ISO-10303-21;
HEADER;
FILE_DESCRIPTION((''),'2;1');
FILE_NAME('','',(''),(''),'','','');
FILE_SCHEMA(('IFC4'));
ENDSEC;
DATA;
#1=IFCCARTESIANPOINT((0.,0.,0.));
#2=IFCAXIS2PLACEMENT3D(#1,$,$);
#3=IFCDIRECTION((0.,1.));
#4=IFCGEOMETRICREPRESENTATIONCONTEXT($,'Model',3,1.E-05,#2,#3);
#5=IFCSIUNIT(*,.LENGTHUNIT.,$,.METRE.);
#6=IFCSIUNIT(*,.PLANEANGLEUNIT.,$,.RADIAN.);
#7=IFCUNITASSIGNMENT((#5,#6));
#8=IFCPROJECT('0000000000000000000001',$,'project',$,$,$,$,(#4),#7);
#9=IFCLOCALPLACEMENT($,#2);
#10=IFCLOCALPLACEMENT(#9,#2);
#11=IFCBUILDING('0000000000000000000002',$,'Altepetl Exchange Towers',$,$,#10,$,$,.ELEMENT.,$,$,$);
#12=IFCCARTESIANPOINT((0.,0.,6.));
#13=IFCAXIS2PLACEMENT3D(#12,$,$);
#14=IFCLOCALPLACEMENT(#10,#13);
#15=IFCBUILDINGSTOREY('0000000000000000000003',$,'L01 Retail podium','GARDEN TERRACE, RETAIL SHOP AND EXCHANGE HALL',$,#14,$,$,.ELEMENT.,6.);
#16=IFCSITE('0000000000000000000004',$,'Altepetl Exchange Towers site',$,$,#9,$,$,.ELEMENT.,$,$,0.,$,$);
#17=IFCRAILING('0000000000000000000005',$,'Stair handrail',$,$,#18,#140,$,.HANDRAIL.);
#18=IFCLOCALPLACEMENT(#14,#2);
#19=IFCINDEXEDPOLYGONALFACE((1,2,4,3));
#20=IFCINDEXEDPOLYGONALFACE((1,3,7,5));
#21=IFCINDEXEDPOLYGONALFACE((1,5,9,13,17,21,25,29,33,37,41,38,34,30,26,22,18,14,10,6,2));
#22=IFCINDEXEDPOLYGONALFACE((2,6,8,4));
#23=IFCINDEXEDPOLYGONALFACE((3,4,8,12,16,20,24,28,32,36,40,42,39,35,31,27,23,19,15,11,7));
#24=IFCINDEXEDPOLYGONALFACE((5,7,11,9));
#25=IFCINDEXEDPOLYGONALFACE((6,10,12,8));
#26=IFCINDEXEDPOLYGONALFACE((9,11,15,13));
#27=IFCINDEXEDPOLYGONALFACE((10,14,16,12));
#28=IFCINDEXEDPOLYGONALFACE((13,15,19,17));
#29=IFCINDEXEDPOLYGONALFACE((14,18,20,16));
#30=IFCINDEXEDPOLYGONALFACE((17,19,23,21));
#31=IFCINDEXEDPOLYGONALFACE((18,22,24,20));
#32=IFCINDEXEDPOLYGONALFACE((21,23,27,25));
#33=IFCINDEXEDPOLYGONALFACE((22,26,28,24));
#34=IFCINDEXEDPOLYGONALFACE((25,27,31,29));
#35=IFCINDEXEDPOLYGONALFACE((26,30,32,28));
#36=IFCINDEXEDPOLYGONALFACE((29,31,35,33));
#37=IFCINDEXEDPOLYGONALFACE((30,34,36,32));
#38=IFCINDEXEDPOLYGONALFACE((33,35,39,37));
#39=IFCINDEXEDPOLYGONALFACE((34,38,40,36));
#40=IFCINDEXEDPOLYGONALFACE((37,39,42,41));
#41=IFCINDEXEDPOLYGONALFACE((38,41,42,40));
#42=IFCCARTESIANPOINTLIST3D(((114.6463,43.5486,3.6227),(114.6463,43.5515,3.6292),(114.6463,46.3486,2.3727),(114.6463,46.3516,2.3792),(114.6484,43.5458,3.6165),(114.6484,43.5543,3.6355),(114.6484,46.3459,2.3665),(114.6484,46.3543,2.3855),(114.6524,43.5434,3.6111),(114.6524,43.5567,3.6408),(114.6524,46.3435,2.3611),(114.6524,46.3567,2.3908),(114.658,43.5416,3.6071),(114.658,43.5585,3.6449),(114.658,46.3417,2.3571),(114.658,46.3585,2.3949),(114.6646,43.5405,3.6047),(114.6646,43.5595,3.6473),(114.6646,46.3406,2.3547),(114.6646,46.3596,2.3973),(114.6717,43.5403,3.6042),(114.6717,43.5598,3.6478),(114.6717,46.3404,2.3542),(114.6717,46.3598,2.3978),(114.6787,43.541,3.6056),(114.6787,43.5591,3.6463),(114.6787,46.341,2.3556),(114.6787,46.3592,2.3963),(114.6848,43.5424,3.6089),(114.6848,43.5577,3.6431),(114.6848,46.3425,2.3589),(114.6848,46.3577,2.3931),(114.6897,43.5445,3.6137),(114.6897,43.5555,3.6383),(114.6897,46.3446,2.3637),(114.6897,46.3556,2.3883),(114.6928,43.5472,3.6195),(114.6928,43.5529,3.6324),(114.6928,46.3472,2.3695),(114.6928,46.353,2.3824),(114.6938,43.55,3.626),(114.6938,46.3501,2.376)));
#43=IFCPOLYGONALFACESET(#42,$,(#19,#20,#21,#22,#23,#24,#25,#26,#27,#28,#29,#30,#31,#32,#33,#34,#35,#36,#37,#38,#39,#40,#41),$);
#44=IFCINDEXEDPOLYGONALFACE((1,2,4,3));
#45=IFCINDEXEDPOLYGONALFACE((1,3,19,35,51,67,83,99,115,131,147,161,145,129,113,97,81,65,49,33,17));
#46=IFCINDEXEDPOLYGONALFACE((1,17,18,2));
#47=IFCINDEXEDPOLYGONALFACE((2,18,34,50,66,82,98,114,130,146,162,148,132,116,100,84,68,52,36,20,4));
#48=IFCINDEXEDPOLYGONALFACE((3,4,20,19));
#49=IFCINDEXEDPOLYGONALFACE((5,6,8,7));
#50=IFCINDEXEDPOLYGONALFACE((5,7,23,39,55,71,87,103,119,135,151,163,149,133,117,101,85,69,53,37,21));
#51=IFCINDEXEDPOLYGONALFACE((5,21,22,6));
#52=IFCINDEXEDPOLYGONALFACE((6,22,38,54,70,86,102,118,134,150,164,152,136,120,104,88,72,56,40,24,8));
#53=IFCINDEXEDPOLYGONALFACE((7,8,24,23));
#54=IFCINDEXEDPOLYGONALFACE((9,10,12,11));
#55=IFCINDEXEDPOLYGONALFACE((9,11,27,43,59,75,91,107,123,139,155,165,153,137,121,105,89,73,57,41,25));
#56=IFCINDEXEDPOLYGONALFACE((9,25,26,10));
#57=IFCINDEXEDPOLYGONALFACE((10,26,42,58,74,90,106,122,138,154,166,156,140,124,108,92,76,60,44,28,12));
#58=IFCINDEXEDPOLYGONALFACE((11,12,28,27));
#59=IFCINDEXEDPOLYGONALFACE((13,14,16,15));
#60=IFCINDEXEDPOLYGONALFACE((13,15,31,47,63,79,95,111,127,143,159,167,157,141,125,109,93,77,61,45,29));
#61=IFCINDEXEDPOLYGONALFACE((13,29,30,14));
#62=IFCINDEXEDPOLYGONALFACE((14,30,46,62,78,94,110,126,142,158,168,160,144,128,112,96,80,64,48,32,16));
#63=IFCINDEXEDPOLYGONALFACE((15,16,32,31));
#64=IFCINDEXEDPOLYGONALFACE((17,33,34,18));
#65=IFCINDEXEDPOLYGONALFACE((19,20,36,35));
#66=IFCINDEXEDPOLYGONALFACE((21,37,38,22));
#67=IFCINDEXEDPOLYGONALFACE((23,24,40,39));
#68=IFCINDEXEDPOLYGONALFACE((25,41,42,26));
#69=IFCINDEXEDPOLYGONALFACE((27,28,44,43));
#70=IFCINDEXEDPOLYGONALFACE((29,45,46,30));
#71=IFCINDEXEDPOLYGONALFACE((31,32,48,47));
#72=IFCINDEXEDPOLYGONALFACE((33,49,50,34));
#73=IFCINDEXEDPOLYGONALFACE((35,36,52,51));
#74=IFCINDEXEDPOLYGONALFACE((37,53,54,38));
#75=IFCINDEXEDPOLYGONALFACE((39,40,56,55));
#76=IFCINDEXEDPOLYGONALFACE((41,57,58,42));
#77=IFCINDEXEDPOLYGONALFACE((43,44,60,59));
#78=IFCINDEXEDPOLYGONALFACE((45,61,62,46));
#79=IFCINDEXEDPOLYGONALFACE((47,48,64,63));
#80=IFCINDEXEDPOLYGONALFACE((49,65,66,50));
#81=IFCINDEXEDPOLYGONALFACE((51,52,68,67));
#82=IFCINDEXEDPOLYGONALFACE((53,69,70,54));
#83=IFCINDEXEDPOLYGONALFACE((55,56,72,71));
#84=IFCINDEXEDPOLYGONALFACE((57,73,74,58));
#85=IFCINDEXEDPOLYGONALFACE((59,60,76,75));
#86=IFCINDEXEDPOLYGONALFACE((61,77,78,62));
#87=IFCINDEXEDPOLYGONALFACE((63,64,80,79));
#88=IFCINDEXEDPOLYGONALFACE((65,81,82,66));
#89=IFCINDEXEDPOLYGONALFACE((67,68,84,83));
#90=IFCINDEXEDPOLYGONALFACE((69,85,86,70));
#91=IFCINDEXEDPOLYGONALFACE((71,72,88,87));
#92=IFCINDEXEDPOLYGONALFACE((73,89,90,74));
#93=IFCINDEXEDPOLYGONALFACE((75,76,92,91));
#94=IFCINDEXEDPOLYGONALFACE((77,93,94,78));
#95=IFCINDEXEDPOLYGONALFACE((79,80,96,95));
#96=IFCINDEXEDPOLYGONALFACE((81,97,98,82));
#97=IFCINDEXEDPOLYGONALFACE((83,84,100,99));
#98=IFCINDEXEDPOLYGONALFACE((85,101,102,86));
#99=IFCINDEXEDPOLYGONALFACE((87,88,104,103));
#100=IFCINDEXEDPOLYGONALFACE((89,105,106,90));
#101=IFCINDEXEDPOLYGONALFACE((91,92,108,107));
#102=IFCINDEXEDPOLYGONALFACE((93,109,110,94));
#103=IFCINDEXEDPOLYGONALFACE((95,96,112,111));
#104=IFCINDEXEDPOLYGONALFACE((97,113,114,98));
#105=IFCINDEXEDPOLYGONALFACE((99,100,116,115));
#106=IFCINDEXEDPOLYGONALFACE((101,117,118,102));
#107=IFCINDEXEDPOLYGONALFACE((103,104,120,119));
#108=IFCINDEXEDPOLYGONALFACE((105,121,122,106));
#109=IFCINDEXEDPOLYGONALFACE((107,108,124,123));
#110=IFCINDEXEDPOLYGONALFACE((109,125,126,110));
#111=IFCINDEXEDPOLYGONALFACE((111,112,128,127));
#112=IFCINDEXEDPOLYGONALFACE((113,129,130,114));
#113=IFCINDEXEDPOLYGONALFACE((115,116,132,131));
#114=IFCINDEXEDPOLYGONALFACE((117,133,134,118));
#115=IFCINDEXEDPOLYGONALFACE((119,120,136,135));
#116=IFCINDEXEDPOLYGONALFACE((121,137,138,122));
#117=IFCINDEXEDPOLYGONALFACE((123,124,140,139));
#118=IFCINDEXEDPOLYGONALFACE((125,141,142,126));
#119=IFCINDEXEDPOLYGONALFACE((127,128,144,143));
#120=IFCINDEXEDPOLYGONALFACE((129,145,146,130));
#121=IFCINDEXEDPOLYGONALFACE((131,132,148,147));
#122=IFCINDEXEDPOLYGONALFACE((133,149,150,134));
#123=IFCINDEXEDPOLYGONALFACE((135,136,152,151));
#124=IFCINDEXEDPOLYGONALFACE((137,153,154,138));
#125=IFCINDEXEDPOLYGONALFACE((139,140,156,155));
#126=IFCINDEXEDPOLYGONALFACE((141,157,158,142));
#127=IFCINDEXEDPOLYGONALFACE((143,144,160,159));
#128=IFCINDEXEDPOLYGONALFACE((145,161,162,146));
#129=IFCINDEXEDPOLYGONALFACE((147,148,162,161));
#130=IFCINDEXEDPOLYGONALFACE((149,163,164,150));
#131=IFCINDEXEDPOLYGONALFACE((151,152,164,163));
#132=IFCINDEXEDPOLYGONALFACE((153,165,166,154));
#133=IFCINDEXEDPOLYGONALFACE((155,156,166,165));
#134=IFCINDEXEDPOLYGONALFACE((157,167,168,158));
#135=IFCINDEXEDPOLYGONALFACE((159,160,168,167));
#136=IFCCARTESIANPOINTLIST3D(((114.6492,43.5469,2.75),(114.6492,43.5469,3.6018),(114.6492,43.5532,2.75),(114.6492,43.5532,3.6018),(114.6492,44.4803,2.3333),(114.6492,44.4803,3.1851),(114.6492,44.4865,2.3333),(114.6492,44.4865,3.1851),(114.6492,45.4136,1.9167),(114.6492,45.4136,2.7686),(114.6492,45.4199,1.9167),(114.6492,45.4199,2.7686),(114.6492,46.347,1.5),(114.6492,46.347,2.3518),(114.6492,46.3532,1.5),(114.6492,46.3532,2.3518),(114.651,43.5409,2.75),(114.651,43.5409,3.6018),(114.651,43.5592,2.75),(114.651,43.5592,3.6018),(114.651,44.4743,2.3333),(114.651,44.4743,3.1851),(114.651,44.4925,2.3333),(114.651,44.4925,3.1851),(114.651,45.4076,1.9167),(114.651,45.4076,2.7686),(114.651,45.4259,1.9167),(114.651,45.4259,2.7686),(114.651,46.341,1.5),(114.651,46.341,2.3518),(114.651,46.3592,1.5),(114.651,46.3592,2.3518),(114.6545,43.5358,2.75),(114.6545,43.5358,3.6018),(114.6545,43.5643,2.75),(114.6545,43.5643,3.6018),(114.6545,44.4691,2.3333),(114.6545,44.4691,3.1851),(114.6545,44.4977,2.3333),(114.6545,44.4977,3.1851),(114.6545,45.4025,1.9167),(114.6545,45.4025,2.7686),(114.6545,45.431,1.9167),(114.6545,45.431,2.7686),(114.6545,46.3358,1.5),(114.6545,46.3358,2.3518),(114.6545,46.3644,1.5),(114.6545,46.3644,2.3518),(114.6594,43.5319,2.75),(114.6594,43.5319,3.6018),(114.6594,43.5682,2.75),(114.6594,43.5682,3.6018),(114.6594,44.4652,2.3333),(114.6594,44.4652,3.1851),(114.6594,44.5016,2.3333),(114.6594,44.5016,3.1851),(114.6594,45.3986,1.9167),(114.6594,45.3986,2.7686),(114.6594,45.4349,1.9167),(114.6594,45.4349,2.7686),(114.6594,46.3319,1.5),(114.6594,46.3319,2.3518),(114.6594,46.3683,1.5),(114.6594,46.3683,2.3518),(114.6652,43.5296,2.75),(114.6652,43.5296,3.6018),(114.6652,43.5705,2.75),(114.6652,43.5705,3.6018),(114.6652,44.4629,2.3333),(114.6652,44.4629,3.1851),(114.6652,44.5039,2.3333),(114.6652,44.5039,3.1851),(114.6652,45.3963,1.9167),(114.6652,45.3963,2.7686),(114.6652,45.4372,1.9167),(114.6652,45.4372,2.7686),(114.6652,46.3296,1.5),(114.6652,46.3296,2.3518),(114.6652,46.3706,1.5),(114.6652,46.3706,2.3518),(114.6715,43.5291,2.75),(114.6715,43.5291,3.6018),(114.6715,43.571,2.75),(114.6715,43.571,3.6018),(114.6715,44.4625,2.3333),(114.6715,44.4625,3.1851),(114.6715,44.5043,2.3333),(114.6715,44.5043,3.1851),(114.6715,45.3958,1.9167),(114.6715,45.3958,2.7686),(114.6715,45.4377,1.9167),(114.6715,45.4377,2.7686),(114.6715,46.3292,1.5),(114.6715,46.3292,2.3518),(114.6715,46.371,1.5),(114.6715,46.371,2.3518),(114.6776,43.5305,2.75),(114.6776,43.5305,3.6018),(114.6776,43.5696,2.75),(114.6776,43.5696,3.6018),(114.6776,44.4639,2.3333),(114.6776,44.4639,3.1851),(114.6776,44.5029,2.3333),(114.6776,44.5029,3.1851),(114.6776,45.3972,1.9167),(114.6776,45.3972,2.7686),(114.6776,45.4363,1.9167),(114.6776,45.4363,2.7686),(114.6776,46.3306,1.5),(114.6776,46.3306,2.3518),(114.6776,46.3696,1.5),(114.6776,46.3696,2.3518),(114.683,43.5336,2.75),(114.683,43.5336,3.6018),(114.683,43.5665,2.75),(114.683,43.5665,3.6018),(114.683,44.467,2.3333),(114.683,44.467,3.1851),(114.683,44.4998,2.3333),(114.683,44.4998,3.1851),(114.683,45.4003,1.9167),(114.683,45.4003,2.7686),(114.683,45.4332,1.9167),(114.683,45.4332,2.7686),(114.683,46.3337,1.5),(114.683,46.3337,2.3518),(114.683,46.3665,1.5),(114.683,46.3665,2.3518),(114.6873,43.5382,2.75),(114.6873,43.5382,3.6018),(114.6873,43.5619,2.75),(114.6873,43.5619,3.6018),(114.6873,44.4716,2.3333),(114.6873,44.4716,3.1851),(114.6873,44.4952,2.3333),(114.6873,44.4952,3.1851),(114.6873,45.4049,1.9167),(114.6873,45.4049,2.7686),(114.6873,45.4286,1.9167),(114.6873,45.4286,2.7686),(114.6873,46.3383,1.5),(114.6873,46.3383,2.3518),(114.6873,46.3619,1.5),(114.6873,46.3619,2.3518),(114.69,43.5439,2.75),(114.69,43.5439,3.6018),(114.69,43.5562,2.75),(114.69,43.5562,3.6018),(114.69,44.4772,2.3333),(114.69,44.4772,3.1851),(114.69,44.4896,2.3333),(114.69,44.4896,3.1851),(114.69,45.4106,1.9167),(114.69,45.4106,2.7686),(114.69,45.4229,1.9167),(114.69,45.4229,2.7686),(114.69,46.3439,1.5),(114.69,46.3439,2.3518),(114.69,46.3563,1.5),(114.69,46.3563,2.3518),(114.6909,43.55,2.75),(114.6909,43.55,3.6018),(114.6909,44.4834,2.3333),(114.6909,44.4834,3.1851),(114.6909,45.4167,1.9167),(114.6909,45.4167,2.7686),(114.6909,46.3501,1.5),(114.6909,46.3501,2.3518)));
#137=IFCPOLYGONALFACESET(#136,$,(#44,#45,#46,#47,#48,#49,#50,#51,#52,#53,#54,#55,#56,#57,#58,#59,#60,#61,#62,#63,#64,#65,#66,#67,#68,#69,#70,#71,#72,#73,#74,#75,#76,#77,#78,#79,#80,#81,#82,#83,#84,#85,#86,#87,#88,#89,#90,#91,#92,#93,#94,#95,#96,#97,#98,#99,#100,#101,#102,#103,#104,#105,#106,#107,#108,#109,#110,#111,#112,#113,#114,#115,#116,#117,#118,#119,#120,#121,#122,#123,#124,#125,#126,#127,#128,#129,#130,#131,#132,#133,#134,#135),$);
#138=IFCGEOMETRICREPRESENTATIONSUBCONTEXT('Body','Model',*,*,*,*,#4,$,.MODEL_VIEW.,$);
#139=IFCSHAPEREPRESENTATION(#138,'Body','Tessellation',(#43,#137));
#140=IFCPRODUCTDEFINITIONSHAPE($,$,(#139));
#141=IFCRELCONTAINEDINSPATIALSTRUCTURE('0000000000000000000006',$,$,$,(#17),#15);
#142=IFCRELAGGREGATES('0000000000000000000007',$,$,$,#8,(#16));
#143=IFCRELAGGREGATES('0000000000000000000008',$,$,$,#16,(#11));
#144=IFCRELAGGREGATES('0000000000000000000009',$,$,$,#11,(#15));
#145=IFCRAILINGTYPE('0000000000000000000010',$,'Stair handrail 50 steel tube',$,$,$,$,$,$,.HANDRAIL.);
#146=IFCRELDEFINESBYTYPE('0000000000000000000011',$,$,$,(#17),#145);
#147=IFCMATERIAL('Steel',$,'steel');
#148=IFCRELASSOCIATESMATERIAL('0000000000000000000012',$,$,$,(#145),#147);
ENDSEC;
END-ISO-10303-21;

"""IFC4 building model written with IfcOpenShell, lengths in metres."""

from ifc_helpers import new_model, si_unit, direction, frame, origin, origin_2d, place, context, subcontext, project, spatial, circle, extrude, source, transform, mapped, material, type_object, element, save


model = new_model("IFC4")

# Units and contexts
model_context = context("Model", 3, precision=1e-05, world=origin(), true_north=direction((0.0, 1.0)))
body_context = subcontext(model_context, "Body", "Model", "MODEL_VIEW")
ifc_project = project(units=[si_unit("LENGTHUNIT", "METRE"), si_unit("PLANEANGLEUNIT", "RADIAN")], contexts=[model_context])

# Site, building, storey
site_placement = place(None, origin())
site = spatial("IfcSite", under=ifc_project, at=site_placement, Name="Altepetl Exchange Towers site", CompositionType="ELEMENT", RefElevation=0.0)
building_placement = place(site_placement, origin())
building = spatial("IfcBuilding", under=site, at=building_placement, Name="Altepetl Exchange Towers", CompositionType="ELEMENT")
storey_placement = place(building_placement, frame((0.0, 0.0, 6.0)))
storey = spatial("IfcBuildingStorey", under=building, at=storey_placement, Name="L01 Retail podium", Description="GARDEN TERRACE, RETAIL SHOP AND EXCHANGE HALL", CompositionType="ELEMENT", Elevation=6.0)

# Railing
ifc_material_1 = material(Name="Steel", Category="steel")
railing_type = type_object("IfcRailingType", Name="Stair handrail 50 steel tube", PredefinedType="HANDRAIL", material=ifc_material_1)
shared_shape = source(origin(), body_context, "Body", "SweptSolid", [
    extrude(circle(Radius=0.021, at=origin_2d()), origin(), (0.0, 0.0, 1.0), 0.8518),
])
for number, where, name in (
    (1, (114.6699, 46.3501, 1.5), "Stair handrail"),
):
    element("IfcRailing", number, at=place(storey_placement, frame(where)), inside=storey, type_object=railing_type, Name=name, PredefinedType="HANDRAIL", context=body_context, shape_type="SweptSolid", body=[
        extrude(circle(Radius=0.0239, at=origin_2d()), frame((0.0, 0.0, 0.876), z_axis=(0.0, -0.913141, 0.407645), x_axis=(1.0, 0.0, 0.0)), (0.0, 0.0, 1.0), 3.0664),
        mapped(shared_shape, transform((0.0, 0.0, 0.0))),
        mapped(shared_shape, transform((0.0, -0.9333, 0.4167))),
        mapped(shared_shape, transform((0.0, -1.8667, 0.8333))),
        mapped(shared_shape, transform((0.0, -2.8, 1.25))),
    ])

save(model, "model.ifc")
